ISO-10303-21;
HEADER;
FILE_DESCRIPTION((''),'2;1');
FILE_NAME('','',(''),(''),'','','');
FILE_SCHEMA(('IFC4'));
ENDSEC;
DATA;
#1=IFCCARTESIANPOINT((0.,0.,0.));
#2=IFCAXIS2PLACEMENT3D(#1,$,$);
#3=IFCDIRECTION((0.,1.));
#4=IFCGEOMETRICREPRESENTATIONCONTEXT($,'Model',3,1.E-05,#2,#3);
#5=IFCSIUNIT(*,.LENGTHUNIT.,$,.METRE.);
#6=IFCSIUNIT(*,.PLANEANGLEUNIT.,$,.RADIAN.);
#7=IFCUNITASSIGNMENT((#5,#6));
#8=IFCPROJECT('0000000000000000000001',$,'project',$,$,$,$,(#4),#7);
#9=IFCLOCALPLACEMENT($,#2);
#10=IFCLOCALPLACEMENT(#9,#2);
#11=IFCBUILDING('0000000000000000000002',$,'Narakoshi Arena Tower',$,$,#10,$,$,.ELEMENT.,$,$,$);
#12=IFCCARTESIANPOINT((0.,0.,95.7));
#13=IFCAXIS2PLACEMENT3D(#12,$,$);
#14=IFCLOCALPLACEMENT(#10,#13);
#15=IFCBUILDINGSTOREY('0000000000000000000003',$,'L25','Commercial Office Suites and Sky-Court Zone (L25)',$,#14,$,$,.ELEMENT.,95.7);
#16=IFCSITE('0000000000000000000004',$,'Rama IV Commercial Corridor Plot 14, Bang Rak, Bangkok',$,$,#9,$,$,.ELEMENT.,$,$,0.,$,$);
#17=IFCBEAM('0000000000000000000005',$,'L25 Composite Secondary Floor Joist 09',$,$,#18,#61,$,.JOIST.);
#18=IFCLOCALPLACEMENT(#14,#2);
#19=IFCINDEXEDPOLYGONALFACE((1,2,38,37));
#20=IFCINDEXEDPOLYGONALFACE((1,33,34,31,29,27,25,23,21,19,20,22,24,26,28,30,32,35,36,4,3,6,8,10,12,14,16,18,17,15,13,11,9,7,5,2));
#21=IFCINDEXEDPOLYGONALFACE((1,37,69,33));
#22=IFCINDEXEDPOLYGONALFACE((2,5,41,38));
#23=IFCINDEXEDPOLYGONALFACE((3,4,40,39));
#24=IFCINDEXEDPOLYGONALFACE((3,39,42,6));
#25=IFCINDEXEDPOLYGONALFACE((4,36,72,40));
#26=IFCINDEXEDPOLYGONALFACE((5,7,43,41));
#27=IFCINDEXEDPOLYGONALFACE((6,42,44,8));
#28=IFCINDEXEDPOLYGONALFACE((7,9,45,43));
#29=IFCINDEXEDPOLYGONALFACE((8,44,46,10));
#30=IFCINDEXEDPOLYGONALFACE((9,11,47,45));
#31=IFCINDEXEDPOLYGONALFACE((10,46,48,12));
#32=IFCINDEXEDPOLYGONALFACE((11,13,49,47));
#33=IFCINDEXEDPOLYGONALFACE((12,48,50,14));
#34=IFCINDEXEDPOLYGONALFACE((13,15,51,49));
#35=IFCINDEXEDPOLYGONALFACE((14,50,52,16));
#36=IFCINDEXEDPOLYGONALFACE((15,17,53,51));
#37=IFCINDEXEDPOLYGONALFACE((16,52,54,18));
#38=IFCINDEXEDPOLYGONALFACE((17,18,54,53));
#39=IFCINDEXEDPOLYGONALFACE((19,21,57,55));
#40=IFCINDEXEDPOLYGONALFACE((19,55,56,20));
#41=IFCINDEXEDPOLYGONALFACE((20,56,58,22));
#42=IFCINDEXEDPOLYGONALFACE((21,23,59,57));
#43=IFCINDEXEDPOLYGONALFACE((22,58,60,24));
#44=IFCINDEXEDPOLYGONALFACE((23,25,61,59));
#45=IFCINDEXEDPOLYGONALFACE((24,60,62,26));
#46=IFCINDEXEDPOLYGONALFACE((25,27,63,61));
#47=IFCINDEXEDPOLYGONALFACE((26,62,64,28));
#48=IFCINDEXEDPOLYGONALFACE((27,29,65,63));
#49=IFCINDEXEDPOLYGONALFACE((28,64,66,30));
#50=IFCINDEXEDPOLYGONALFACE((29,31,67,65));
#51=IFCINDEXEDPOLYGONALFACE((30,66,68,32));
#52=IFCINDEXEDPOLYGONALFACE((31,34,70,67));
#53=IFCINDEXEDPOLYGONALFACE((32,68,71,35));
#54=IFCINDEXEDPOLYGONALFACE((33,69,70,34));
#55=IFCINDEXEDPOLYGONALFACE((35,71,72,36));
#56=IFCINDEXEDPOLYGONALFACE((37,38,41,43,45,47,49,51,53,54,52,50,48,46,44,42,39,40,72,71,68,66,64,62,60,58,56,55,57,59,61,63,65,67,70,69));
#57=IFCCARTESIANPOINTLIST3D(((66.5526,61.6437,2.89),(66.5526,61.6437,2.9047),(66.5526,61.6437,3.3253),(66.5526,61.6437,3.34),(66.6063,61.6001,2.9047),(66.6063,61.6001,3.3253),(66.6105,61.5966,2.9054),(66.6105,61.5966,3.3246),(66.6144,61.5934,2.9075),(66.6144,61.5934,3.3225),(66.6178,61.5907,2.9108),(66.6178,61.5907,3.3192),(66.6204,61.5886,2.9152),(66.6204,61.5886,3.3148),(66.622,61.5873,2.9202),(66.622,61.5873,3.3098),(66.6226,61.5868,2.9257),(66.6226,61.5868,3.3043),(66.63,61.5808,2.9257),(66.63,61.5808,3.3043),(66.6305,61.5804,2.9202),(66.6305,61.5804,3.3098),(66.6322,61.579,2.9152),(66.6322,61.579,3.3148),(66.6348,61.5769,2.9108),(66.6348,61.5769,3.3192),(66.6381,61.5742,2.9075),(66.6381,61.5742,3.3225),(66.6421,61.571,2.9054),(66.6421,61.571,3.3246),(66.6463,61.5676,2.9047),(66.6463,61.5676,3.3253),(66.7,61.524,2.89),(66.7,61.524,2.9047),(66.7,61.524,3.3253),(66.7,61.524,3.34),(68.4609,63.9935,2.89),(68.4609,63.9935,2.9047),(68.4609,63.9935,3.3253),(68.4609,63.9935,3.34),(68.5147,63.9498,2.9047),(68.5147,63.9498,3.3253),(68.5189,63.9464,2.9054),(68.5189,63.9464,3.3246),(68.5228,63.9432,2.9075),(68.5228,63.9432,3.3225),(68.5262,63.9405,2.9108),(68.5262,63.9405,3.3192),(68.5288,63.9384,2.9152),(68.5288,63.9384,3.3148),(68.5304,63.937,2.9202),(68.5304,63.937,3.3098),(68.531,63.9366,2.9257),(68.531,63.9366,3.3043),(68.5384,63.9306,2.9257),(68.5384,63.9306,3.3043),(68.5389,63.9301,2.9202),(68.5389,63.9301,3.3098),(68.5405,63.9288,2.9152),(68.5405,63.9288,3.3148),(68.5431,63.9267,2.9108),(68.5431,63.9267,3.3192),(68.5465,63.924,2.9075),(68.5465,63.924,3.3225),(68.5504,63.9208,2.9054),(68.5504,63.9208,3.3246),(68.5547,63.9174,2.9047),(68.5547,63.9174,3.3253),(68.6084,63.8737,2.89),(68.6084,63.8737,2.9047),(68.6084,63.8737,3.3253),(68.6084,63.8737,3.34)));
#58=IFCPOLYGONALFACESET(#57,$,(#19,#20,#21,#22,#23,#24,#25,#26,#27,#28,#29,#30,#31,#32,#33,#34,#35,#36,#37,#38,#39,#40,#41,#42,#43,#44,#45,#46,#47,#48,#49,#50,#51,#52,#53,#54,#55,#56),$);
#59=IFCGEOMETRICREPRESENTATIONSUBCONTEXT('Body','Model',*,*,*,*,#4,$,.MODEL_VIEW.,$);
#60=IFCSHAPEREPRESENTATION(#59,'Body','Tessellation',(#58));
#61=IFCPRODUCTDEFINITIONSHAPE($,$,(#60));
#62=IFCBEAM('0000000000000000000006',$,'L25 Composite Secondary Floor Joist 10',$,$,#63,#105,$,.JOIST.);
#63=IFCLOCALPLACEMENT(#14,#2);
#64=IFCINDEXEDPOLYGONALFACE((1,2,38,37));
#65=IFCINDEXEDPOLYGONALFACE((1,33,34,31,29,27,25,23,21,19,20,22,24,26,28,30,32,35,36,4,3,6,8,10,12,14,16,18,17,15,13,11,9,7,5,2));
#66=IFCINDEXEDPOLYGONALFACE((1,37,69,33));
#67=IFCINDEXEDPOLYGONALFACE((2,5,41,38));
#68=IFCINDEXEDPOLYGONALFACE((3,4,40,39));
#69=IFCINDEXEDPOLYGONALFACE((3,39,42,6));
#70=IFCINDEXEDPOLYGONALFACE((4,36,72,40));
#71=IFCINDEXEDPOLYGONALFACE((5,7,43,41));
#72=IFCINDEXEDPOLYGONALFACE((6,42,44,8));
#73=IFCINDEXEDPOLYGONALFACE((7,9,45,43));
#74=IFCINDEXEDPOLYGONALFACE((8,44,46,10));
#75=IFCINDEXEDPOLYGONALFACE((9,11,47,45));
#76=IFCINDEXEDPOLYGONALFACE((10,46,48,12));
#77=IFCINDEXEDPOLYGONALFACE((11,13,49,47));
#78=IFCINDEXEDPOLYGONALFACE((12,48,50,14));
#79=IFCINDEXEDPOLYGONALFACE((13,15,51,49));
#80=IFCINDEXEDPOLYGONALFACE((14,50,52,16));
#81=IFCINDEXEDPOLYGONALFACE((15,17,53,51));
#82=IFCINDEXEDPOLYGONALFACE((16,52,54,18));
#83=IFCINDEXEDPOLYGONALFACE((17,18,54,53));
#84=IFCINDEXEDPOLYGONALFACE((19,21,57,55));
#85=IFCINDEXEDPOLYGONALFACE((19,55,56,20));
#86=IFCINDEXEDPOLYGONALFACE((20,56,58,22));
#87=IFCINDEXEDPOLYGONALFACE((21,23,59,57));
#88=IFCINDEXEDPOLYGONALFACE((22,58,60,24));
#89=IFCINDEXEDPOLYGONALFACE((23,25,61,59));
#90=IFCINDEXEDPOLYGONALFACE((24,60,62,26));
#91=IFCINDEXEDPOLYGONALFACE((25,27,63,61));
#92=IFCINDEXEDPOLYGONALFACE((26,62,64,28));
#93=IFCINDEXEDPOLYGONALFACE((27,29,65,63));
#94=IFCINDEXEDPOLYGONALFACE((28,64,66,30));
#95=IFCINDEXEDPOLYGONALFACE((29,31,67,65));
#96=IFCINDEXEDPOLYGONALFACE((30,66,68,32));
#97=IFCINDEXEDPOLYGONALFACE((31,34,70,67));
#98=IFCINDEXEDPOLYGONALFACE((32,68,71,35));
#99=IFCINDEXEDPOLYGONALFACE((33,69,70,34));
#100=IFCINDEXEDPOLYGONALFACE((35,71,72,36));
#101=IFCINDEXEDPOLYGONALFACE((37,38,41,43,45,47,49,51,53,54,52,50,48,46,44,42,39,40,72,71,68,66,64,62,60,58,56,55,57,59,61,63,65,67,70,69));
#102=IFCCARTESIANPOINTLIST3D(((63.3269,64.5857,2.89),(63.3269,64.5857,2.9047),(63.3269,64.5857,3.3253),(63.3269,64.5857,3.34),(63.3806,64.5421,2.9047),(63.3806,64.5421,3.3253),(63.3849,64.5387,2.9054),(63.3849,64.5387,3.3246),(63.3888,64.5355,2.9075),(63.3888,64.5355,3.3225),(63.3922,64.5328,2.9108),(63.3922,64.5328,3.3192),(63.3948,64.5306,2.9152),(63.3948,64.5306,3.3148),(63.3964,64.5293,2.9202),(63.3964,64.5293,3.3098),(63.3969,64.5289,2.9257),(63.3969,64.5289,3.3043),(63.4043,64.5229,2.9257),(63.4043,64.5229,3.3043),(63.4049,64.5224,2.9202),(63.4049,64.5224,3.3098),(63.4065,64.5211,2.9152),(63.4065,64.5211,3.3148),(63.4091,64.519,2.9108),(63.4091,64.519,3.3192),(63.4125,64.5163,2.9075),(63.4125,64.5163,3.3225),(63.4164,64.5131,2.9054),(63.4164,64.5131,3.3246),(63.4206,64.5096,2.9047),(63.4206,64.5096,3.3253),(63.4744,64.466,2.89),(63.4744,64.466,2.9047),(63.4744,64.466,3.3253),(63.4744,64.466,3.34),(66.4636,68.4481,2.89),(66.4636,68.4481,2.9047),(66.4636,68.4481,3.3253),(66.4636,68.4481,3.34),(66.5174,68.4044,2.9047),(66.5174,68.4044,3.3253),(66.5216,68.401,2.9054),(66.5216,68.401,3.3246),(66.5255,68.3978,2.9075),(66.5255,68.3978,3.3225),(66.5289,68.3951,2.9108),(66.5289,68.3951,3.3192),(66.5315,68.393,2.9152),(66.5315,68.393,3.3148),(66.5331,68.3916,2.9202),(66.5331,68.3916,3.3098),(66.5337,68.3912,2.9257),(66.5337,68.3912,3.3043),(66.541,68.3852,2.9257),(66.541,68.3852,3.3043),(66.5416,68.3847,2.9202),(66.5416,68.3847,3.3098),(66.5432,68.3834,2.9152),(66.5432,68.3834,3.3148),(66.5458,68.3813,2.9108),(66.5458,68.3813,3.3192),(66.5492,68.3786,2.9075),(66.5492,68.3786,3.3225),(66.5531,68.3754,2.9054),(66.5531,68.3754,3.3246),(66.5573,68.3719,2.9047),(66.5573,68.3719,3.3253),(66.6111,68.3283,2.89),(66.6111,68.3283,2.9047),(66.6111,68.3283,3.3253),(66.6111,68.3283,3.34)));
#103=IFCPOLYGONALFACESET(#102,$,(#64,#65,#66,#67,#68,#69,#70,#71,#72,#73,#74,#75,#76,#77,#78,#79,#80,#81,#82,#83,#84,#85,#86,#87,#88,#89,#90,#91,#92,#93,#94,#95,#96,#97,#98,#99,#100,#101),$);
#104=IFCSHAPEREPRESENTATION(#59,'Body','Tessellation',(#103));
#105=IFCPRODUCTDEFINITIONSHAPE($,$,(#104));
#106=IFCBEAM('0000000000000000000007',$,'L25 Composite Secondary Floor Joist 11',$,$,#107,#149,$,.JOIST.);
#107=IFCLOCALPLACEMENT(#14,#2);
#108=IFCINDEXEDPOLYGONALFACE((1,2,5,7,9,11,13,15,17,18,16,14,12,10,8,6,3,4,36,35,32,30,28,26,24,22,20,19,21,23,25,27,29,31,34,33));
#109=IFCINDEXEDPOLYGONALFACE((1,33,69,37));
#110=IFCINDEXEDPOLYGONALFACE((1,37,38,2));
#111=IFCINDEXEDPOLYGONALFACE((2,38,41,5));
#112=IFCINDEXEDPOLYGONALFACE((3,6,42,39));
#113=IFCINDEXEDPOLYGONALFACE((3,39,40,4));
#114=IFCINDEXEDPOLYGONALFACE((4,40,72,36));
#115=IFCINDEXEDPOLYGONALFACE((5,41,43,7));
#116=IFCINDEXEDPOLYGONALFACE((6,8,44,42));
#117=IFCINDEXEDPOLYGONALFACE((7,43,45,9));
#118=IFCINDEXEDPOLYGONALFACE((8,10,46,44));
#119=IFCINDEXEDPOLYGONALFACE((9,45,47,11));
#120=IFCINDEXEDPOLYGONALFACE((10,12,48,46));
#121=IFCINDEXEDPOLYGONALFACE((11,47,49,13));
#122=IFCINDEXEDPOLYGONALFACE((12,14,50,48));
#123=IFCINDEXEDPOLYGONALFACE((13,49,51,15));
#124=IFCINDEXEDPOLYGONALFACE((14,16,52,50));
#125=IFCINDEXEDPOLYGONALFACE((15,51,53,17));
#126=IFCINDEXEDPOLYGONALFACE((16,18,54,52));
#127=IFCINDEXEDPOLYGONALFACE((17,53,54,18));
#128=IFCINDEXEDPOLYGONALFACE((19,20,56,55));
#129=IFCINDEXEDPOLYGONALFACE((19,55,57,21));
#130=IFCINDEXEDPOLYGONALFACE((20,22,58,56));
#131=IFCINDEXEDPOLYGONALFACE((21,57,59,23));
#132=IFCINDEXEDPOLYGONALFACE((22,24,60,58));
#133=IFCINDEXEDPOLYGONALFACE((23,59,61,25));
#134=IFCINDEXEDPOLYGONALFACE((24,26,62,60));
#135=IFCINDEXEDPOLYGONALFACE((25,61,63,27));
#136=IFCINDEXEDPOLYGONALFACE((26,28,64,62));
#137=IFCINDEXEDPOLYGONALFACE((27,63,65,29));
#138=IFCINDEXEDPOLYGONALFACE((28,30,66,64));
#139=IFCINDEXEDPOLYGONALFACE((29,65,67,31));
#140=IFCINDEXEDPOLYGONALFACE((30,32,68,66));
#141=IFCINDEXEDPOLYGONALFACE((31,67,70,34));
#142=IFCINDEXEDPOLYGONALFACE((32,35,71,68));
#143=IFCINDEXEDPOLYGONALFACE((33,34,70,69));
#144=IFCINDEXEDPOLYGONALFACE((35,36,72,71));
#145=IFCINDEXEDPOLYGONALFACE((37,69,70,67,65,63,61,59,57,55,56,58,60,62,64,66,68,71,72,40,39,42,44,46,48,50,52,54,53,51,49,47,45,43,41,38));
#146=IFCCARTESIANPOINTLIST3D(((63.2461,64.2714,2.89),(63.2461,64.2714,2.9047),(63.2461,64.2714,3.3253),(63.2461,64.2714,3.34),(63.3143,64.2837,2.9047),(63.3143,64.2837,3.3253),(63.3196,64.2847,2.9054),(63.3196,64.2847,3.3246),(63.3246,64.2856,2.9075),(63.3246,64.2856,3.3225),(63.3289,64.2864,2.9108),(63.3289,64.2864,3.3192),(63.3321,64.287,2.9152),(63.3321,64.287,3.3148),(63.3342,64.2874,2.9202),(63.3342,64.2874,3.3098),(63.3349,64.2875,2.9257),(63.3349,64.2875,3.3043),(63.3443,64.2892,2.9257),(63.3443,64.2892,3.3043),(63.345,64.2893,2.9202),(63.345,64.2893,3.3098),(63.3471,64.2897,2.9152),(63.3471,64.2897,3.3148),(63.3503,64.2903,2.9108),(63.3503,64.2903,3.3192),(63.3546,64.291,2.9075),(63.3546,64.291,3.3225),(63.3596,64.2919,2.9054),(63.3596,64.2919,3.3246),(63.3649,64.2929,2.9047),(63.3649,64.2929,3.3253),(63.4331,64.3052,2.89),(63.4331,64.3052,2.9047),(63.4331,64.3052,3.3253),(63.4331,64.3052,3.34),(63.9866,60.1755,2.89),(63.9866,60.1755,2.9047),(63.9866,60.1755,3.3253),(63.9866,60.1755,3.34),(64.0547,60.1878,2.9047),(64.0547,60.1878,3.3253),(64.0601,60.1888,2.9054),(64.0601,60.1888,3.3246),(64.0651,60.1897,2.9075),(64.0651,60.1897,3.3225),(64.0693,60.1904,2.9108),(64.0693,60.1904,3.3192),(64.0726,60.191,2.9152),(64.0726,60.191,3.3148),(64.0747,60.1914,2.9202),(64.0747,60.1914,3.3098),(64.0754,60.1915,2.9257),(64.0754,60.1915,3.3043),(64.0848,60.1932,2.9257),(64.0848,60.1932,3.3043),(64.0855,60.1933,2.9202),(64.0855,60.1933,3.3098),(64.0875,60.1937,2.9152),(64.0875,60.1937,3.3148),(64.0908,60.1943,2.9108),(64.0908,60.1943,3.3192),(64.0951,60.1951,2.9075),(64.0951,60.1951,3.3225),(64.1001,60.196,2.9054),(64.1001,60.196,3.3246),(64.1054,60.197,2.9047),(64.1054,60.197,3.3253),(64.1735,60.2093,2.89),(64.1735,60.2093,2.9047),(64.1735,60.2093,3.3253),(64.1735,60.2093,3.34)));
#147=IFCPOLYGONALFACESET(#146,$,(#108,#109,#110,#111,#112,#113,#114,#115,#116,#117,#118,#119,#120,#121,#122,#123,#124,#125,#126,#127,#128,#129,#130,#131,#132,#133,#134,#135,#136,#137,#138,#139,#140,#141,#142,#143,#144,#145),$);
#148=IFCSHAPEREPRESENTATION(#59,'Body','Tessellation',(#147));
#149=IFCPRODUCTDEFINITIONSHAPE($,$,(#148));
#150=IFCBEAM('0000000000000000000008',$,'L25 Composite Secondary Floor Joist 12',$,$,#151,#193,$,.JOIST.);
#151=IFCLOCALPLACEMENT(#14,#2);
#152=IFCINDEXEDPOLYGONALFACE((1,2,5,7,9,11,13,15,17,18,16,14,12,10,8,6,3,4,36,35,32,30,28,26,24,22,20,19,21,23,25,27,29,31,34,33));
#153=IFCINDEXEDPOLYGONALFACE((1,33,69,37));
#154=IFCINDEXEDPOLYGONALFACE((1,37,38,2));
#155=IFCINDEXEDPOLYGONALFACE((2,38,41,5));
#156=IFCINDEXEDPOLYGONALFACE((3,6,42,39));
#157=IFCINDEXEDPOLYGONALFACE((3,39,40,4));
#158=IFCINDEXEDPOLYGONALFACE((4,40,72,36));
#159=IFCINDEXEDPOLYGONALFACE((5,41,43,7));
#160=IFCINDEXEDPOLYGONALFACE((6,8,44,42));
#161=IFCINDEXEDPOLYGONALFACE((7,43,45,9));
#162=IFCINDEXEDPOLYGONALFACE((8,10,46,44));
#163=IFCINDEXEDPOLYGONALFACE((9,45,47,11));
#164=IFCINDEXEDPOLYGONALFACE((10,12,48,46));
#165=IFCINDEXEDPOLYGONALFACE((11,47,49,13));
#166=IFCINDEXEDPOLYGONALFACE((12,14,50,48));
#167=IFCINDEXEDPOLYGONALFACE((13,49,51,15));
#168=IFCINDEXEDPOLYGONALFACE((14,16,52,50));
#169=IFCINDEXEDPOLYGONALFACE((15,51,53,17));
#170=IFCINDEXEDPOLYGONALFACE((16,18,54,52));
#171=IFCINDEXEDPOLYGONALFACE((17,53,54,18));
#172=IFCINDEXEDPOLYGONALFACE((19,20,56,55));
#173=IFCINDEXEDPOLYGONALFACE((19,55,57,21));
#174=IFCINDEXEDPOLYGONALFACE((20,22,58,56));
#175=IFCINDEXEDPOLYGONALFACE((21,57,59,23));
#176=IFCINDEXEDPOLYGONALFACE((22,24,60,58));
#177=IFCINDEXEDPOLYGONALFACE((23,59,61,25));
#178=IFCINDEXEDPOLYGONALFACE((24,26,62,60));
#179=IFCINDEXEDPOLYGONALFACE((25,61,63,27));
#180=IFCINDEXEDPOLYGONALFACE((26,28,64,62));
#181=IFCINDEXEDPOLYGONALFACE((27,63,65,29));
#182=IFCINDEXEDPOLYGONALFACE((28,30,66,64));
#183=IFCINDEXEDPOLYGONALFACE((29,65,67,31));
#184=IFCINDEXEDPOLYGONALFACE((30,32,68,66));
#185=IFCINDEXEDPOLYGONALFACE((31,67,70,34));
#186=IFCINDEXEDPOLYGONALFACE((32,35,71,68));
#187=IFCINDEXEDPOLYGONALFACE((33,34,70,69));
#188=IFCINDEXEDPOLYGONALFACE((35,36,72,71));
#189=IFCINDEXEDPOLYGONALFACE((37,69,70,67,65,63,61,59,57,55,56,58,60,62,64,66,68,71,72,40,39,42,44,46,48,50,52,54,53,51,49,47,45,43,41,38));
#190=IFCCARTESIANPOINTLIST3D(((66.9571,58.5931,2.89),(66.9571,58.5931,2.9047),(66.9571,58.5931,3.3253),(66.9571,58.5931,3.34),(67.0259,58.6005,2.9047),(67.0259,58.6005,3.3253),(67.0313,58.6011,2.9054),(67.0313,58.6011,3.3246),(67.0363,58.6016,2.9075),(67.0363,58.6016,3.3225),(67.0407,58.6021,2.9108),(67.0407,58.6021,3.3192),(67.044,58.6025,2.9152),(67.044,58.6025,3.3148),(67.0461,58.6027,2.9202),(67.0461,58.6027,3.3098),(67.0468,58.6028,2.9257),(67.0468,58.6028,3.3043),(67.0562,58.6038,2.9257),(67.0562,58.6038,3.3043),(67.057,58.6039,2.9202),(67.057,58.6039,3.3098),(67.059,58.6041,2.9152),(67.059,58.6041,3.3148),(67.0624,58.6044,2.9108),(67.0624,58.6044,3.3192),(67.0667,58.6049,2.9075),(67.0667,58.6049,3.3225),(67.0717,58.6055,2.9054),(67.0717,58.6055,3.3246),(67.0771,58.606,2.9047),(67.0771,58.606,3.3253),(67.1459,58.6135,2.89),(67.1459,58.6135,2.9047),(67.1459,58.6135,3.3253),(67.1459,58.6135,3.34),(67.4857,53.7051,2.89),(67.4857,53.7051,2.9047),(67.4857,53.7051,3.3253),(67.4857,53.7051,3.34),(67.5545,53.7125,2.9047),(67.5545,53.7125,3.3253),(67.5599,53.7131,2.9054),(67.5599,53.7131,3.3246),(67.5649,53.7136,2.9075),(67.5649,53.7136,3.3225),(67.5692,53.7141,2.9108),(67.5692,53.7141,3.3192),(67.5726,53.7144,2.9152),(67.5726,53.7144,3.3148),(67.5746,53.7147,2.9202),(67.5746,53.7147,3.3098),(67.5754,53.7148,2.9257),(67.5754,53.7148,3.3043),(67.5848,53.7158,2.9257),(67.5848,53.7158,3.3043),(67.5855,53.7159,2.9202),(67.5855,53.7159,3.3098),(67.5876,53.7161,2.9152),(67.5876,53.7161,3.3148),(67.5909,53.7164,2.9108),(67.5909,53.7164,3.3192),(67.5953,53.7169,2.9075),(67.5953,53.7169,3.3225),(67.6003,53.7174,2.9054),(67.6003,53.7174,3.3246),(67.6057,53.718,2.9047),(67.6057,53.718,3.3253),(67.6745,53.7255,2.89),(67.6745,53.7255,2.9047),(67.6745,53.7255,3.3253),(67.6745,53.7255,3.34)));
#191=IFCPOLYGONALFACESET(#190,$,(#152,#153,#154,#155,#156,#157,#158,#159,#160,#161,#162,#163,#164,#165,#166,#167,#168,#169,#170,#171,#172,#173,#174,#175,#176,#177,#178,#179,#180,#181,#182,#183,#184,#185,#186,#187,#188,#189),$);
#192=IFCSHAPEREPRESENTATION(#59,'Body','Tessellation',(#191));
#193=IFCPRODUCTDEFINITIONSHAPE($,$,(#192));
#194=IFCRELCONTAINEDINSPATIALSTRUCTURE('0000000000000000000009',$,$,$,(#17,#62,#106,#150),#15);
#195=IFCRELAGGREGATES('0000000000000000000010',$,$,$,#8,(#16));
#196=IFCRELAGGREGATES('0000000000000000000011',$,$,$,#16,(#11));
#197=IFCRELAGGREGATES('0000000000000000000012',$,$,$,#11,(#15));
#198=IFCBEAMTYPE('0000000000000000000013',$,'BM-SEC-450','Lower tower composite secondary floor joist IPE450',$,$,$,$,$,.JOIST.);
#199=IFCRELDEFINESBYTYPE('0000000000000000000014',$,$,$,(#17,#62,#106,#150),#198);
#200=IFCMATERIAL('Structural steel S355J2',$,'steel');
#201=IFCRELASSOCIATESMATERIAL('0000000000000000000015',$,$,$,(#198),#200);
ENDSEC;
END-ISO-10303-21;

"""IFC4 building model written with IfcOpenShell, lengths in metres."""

from ifc_helpers import new_model, si_unit, direction, frame, origin, origin_2d, place, context, subcontext, project, spatial, i_section, extrude, material, material_profile, profile_set, type_object, element, save


model = new_model("IFC4")

# Units and contexts
model_context = context("Model", 3, precision=1e-05, world=origin(), true_north=direction((0.0, 1.0)))
body_context = subcontext(model_context, "Body", "Model", "MODEL_VIEW")
ifc_project = project(units=[si_unit("LENGTHUNIT", "METRE"), si_unit("PLANEANGLEUNIT", "RADIAN")], contexts=[model_context])

# Site, building, storey
site_placement = place(None, origin())
site = spatial("IfcSite", under=ifc_project, at=site_placement, Name="Rama IV Commercial Corridor Plot 14, Bang Rak, Bangkok", CompositionType="ELEMENT", RefElevation=0.0)
building_placement = place(site_placement, origin())
building = spatial("IfcBuilding", under=site, at=building_placement, Name="Narakoshi Arena Tower", CompositionType="ELEMENT")
storey_placement = place(building_placement, frame((0.0, 0.0, 95.7)))
storey = spatial("IfcBuildingStorey", under=building, at=storey_placement, Name="L25", Description="Commercial Office Suites and Sky-Court Zone (L25)", CompositionType="ELEMENT", Elevation=95.7)

# Beams
ifc_material_1 = material(Name="Structural steel S355J2", Category="steel")
ifc_material_profile_1 = material_profile(ifc_material_1, i_section(OverallWidth=0.1899, OverallDepth=0.45, WebThickness=0.0095, FlangeThickness=0.0146, FilletRadius=0.021, at=origin_2d()), Name="IPE450")
ifc_profile_set_1 = profile_set([ifc_material_profile_1], Name="Structural steel S355J2")
beam_type_1 = type_object("IfcBeamType", Name="BM-SEC-450", Description="Lower tower composite secondary floor joist IPE450", PredefinedType="JOIST", material=ifc_profile_set_1)
beam_1_placement = place(storey_placement, frame((68.5347, 63.9336, 3.115), z_axis=(-0.630432, -0.776245, 0.0), x_axis=(0.776245, -0.630432, 0.0)))
element("IfcBeam", 1, at=beam_1_placement, inside=storey, type_object=beam_type_1, Name="L25 Composite Secondary Floor Joist 09", PredefinedType="JOIST", context=body_context, shape_type="SweptSolid", body=[
    extrude(i_section(OverallWidth=0.1899, OverallDepth=0.45, WebThickness=0.0095, FlangeThickness=0.0146, FilletRadius=0.021, at=origin_2d()), origin(), (0.0, 0.0, 1.0), 3.0271),
])
beam_2_placement = place(storey_placement, frame((66.5374, 68.3882, 3.115), z_axis=(-0.630423, -0.776252, 0.0), x_axis=(0.776252, -0.630423, 0.0)))
element("IfcBeam", 2, at=beam_2_placement, inside=storey, type_object=beam_type_1, Name="L25 Composite Secondary Floor Joist 10", PredefinedType="JOIST", context=body_context, shape_type="SweptSolid", body=[
    extrude(i_section(OverallWidth=0.1899, OverallDepth=0.45, WebThickness=0.0095, FlangeThickness=0.0146, FilletRadius=0.021, at=origin_2d()), origin(), (0.0, 0.0, 1.0), 4.9756),
])
beam_3_placement = place(storey_placement, frame((63.3396, 64.2883, 3.115), z_axis=(0.177899, -0.984049, 0.0), x_axis=(0.984049, 0.177899, 0.0)))
element("IfcBeam", 3, at=beam_3_placement, inside=storey, type_object=beam_type_1, Name="L25 Composite Secondary Floor Joist 11", PredefinedType="JOIST", context=body_context, shape_type="SweptSolid", body=[
    extrude(i_section(OverallWidth=0.1899, OverallDepth=0.45, WebThickness=0.0095, FlangeThickness=0.0146, FilletRadius=0.021, at=origin_2d()), origin(), (0.0, 0.0, 1.0), 4.1624),
])
beam_4_placement = place(storey_placement, frame((67.0515, 58.6033, 3.115), z_axis=(0.10751, -0.994204, 0.0), x_axis=(0.994204, 0.10751, 0.0)))
element("IfcBeam", 4, at=beam_4_placement, inside=storey, type_object=beam_type_1, Name="L25 Composite Secondary Floor Joist 12", PredefinedType="JOIST", context=body_context, shape_type="SweptSolid", body=[
    extrude(i_section(OverallWidth=0.1899, OverallDepth=0.45, WebThickness=0.0095, FlangeThickness=0.0146, FilletRadius=0.021, at=origin_2d()), origin(), (0.0, 0.0, 1.0), 4.9165),
])

save(model, "model.ifc")
